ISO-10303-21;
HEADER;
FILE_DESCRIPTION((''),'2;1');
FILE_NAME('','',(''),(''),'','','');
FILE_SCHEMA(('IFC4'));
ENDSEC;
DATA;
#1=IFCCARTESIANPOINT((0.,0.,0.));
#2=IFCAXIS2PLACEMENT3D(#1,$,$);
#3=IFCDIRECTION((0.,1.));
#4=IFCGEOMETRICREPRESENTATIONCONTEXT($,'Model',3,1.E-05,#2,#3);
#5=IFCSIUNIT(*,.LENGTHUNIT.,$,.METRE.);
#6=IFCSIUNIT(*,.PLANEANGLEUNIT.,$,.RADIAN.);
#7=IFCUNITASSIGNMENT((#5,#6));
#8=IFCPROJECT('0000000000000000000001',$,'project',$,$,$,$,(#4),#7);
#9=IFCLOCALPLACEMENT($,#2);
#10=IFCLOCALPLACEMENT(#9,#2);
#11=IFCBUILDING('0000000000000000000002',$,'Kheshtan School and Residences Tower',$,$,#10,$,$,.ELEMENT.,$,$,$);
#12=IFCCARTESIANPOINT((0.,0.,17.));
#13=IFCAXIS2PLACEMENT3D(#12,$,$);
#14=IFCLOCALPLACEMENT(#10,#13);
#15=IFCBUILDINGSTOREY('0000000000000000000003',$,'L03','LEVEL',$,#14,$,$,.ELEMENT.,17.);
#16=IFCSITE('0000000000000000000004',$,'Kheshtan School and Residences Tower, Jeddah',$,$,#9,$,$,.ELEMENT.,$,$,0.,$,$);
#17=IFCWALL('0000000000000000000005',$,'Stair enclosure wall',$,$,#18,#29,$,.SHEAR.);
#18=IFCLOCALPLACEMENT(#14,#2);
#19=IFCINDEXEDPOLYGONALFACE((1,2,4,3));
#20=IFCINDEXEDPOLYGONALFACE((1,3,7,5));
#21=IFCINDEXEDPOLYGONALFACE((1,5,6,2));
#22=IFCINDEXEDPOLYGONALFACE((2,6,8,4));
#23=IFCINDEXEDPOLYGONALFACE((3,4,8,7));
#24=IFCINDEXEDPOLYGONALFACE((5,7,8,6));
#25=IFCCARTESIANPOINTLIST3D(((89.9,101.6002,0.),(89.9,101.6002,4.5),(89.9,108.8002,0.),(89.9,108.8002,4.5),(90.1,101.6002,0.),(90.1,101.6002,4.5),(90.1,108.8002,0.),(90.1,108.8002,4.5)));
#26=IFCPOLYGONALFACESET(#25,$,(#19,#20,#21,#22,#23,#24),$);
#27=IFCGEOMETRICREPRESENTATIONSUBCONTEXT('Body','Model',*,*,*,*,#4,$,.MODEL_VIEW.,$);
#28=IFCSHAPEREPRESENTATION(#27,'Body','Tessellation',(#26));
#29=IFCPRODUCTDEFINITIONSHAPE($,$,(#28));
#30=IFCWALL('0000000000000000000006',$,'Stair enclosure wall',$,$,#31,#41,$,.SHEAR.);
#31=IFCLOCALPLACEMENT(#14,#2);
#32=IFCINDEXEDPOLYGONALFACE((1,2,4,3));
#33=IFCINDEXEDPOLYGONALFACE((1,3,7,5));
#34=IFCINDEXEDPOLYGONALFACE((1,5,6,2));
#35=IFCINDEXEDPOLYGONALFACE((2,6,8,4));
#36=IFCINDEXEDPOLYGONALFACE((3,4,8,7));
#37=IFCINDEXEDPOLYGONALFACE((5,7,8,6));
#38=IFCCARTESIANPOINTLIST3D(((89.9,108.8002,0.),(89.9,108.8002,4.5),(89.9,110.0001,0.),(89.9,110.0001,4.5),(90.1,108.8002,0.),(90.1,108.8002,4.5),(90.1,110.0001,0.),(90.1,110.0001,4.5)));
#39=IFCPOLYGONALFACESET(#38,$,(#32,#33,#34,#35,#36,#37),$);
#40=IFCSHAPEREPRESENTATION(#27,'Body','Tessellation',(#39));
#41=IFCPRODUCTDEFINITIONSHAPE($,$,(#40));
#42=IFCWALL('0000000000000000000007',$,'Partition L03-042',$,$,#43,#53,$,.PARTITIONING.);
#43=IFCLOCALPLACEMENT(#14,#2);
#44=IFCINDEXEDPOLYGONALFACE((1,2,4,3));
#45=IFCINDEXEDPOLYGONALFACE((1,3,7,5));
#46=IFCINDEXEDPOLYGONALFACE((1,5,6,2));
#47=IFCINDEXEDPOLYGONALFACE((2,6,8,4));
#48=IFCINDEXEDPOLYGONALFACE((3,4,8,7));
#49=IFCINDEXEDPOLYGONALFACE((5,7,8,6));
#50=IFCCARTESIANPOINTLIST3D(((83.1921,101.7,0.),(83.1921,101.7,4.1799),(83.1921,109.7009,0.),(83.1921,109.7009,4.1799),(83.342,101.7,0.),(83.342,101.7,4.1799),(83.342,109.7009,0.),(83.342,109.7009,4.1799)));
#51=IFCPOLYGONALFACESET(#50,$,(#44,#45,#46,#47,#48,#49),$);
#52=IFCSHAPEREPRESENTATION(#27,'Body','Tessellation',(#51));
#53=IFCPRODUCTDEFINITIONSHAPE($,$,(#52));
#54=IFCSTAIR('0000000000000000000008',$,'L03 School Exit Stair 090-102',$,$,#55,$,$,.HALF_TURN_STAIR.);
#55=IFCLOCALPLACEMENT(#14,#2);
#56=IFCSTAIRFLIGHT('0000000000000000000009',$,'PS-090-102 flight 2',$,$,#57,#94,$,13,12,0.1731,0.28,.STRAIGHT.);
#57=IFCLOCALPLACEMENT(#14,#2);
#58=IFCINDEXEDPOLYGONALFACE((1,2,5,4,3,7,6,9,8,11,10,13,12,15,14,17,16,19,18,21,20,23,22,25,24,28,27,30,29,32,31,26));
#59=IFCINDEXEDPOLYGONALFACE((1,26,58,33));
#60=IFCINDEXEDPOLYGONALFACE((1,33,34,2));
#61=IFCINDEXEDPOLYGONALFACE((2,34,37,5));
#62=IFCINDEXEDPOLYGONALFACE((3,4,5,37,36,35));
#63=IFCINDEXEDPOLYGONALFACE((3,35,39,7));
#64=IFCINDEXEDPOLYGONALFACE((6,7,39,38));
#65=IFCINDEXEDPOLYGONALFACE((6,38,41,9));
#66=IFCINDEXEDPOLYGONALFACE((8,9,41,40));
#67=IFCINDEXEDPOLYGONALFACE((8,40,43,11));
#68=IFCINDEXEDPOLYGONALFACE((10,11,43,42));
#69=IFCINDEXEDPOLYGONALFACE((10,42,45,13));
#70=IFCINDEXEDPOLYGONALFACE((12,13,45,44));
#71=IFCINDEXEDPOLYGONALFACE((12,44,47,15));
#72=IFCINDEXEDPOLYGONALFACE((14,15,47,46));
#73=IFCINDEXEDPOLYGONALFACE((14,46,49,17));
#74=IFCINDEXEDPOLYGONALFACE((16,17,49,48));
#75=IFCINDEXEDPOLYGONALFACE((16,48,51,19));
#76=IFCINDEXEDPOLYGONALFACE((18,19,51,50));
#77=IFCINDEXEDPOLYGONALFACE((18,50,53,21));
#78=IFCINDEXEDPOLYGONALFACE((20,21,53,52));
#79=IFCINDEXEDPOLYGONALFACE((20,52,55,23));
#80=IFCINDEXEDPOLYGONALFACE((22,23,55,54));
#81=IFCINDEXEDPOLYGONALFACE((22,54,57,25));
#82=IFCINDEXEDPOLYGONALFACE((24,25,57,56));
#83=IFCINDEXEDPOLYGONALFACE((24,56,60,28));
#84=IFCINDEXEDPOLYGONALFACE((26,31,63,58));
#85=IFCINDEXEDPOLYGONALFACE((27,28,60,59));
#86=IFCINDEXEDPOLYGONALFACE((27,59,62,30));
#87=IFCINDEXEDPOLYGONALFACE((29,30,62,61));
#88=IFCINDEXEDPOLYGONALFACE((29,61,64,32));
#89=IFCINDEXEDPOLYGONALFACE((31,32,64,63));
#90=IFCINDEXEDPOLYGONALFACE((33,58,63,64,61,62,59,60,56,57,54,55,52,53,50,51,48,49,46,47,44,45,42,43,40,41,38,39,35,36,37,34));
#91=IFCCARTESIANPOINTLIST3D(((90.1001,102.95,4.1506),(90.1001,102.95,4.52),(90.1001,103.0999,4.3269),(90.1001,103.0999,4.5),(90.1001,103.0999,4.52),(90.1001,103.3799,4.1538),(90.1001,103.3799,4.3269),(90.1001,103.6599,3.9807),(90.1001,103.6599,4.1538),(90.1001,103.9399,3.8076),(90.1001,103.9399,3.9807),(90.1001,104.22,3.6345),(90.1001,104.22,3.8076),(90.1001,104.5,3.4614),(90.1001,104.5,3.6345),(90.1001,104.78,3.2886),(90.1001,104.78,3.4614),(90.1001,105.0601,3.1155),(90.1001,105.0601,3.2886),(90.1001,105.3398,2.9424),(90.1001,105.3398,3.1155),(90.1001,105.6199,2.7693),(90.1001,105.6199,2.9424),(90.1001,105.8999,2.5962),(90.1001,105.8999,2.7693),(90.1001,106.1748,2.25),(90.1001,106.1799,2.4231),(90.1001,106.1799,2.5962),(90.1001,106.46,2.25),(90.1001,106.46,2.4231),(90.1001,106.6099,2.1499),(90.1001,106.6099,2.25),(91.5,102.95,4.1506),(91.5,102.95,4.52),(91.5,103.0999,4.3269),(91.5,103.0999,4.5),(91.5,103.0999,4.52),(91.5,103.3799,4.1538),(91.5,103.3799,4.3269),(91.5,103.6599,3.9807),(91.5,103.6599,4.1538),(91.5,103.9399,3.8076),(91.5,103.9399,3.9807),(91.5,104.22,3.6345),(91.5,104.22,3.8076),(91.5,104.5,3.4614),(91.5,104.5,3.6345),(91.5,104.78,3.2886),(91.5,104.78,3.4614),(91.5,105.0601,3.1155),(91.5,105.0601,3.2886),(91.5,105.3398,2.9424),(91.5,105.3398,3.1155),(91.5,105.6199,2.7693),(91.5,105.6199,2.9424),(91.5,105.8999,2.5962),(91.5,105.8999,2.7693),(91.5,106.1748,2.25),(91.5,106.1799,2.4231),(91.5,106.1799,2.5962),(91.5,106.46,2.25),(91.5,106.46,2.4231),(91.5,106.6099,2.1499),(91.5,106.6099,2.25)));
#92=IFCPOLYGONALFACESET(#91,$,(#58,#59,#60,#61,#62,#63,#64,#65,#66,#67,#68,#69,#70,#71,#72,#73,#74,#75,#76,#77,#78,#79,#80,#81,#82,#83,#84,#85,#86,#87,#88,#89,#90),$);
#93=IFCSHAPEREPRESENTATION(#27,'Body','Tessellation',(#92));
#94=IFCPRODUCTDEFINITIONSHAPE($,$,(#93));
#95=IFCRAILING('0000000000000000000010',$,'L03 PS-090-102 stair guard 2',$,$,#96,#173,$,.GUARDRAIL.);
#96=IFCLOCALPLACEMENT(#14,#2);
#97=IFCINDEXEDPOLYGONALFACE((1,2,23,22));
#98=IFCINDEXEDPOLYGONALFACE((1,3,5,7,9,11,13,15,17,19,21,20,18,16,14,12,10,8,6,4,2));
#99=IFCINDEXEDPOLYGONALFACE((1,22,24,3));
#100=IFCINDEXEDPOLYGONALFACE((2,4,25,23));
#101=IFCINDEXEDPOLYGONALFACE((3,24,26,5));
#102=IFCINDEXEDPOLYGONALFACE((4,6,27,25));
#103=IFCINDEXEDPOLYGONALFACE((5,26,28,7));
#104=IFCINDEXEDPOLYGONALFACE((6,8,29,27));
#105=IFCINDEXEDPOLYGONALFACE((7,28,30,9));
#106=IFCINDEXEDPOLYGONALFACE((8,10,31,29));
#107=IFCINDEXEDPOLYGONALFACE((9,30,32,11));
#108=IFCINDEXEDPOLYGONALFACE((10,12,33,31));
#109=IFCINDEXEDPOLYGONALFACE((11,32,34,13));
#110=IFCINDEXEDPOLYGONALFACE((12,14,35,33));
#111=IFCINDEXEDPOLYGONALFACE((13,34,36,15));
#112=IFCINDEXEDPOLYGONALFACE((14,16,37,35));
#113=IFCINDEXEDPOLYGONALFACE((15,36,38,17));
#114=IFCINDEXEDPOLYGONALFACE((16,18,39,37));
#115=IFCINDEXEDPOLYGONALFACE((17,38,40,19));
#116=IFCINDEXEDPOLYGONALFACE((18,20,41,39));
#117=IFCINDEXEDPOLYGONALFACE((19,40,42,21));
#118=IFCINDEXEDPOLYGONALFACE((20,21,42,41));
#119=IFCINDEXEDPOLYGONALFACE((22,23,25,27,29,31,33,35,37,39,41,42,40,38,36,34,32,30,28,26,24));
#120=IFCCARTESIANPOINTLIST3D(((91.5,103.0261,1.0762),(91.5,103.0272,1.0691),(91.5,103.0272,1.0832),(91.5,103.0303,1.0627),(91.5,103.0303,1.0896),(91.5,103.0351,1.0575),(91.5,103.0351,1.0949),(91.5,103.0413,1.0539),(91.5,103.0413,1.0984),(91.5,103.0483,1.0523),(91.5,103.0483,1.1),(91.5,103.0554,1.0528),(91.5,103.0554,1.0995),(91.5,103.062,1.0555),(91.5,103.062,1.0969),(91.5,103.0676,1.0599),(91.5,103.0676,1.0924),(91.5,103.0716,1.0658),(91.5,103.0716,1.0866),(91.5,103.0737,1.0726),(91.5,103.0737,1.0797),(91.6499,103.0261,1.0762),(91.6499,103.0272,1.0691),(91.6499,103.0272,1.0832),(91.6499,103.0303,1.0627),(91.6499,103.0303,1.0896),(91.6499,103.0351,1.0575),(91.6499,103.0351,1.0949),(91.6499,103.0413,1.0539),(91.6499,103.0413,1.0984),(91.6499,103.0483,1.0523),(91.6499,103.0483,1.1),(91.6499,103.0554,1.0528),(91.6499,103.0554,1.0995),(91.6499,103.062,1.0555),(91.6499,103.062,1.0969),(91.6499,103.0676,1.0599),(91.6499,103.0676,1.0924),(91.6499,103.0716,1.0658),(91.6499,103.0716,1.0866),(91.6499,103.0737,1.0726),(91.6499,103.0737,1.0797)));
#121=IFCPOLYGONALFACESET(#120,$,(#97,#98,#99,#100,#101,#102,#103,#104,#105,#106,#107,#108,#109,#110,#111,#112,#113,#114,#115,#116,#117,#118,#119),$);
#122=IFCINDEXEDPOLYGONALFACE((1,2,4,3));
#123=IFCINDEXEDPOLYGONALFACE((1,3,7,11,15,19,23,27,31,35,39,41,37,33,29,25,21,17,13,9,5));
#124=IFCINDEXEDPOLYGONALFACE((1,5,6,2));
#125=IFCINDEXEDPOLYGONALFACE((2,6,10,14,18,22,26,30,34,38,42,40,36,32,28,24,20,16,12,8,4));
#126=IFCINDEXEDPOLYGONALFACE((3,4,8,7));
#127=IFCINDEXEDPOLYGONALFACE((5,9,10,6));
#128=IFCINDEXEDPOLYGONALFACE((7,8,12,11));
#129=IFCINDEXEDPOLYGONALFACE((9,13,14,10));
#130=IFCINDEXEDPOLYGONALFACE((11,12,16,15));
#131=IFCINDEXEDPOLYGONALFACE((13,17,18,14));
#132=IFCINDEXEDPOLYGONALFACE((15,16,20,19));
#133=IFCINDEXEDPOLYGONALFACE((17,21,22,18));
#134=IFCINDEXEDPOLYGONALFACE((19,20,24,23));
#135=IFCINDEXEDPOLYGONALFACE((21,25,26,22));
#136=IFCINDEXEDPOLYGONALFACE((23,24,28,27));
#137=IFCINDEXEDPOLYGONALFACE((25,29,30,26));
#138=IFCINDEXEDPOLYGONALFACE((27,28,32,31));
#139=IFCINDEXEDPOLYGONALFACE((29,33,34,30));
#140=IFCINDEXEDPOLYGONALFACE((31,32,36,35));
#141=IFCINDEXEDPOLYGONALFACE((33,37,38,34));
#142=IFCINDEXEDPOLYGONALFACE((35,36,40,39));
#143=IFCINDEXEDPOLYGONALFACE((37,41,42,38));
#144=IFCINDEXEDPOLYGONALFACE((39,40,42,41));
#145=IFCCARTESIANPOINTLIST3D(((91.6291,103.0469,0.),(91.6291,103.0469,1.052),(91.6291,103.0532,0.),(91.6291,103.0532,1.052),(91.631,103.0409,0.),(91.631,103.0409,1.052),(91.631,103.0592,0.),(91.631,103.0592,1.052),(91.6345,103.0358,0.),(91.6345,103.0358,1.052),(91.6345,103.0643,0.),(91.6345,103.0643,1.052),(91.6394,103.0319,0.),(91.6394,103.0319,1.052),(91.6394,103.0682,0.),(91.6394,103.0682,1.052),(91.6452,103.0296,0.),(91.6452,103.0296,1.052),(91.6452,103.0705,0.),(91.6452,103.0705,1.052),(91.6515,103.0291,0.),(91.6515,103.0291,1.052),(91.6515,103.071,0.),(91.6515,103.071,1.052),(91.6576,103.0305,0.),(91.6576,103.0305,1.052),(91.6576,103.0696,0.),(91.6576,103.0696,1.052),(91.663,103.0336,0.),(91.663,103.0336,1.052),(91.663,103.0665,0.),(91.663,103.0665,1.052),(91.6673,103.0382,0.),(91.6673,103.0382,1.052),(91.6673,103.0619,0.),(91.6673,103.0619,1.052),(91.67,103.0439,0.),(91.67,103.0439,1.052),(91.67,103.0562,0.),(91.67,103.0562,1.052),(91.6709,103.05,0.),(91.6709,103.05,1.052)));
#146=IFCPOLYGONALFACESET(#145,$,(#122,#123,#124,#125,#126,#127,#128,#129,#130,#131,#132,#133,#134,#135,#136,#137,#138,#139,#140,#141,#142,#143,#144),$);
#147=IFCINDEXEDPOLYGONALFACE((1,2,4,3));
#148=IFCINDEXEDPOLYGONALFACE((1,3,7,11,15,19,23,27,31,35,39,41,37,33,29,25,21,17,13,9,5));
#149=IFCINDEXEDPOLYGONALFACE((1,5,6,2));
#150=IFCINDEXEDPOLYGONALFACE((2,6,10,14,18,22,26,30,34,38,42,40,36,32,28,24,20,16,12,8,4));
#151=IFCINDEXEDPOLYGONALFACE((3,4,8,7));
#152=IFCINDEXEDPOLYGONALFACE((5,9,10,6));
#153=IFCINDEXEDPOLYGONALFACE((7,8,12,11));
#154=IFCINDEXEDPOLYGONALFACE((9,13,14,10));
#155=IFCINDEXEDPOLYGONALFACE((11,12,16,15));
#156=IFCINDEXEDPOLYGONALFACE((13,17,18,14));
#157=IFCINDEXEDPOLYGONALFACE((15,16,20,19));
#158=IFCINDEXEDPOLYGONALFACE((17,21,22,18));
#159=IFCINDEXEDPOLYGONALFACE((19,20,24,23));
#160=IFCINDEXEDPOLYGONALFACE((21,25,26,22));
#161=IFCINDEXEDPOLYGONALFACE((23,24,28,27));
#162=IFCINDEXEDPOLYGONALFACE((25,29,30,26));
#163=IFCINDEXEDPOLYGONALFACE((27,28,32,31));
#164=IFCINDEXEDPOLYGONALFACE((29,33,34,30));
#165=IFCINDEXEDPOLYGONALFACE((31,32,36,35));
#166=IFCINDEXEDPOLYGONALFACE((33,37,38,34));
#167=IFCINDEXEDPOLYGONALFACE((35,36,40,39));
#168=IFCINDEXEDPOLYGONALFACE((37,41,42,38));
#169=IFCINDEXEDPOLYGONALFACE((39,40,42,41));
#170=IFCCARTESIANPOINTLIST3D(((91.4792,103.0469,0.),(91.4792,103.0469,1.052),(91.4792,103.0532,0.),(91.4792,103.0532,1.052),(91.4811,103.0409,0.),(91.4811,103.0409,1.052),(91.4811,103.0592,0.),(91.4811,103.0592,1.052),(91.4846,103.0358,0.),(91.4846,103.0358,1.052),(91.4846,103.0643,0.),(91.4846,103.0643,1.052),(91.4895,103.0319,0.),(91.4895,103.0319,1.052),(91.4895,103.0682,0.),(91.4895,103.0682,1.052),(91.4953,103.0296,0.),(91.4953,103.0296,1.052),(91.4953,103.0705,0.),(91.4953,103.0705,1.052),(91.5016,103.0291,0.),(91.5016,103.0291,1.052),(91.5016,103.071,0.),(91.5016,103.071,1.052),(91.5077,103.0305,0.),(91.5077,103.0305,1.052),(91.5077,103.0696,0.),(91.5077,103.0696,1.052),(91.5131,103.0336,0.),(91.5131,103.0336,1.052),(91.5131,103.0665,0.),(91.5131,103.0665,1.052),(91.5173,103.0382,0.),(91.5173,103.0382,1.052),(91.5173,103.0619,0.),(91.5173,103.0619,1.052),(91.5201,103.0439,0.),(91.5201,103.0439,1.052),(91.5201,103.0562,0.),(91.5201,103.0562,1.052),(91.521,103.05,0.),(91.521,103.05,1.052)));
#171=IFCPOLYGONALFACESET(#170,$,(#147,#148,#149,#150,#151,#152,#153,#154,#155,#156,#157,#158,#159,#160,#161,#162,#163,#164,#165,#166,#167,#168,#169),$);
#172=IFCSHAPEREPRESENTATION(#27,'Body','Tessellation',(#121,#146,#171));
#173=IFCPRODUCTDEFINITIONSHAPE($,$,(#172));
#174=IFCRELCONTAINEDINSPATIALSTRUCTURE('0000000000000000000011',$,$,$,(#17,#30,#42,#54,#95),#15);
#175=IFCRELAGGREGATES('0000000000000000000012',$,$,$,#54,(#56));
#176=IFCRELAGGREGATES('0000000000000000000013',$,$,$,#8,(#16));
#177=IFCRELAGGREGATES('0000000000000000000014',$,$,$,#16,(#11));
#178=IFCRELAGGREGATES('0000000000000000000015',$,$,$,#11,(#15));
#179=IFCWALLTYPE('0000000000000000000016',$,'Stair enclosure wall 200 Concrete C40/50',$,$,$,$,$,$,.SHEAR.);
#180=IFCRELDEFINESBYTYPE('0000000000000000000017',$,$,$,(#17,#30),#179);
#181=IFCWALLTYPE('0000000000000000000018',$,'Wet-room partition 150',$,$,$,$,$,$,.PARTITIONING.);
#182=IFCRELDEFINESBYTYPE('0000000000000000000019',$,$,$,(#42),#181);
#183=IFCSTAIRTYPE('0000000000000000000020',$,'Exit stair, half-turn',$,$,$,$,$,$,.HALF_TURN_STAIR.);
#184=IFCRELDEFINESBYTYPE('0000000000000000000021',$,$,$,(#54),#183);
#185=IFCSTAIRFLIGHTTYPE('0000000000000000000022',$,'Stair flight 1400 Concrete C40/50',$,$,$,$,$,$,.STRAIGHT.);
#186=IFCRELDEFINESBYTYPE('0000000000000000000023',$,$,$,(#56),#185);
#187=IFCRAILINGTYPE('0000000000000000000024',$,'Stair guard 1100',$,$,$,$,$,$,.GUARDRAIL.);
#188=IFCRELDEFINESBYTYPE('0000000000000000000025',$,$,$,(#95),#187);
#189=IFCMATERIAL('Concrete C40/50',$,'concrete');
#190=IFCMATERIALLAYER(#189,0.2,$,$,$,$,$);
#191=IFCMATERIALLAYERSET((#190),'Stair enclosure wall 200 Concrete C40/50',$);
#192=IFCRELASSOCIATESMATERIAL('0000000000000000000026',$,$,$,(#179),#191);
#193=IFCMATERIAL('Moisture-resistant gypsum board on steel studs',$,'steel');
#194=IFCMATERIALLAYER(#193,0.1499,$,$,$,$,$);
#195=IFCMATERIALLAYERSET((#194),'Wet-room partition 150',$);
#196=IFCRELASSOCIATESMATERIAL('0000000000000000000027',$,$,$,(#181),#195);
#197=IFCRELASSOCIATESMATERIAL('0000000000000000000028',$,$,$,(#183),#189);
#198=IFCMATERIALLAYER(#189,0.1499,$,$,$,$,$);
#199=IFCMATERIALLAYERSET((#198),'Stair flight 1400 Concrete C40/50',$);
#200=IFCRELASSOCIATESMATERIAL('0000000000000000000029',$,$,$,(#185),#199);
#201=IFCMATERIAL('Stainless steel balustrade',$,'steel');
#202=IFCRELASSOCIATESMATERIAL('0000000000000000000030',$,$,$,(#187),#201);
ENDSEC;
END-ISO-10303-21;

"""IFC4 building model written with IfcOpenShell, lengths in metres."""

from ifc_helpers import new_model, si_unit, direction, frame, frame_2d, origin, origin_2d, place, context, subcontext, project, spatial, polyline, rectangle, circle, outline, extrude, material, layer, layer_set, type_object, element, aggregate, save


model = new_model("IFC4")

# Units and contexts
model_context = context("Model", 3, precision=1e-05, world=origin(), true_north=direction((0.0, 1.0)))
body_context = subcontext(model_context, "Body", "Model", "MODEL_VIEW")
ifc_project = project(units=[si_unit("LENGTHUNIT", "METRE"), si_unit("PLANEANGLEUNIT", "RADIAN")], contexts=[model_context])

# Site, building, storey
site_placement = place(None, origin())
site = spatial("IfcSite", under=ifc_project, at=site_placement, Name="Kheshtan School and Residences Tower, Jeddah", CompositionType="ELEMENT", RefElevation=0.0)
building_placement = place(site_placement, origin())
building = spatial("IfcBuilding", under=site, at=building_placement, Name="Kheshtan School and Residences Tower", CompositionType="ELEMENT")
storey_placement = place(building_placement, frame((0.0, 0.0, 17.0)))
storey = spatial("IfcBuildingStorey", under=building, at=storey_placement, Name="L03", Description="LEVEL", CompositionType="ELEMENT", Elevation=17.0)

# Shared definitions
ifc_material_1 = material(Name="Concrete C40/50", Category="concrete")
ifc_layer_1 = layer(ifc_material_1, 0.2)
ifc_layer_set_1 = layer_set([ifc_layer_1], Name="Stair enclosure wall 200 Concrete C40/50")
wall_type_1 = type_object("IfcWallType", Name="Stair enclosure wall 200 Concrete C40/50", PredefinedType="SHEAR", material=ifc_layer_set_1)

# Walls
wall_1_placement = place(storey_placement, frame((90.0, 101.6001, 0.0), z_axis=(0.0, 0.0, 1.0), x_axis=(0.0, 1.0, 0.0)))
element("IfcWall", 1, at=wall_1_placement, inside=storey, type_object=wall_type_1, Name="Stair enclosure wall", PredefinedType="SHEAR", context=body_context, shape_type="SweptSolid", body=[
    extrude(rectangle(XDim=7.2, YDim=0.2, at=frame_2d((3.6001, 0.0))), origin(), (0.0, 0.0, 1.0), 4.5),
])
wall_2_placement = place(storey_placement, frame((90.0, 108.8, 0.0), z_axis=(0.0, 0.0, 1.0), x_axis=(0.0, 1.0, 0.0)))
element("IfcWall", 2, at=wall_2_placement, inside=storey, type_object=wall_type_1, Name="Stair enclosure wall", PredefinedType="SHEAR", context=body_context, shape_type="SweptSolid", body=[
    extrude(rectangle(XDim=1.2, YDim=0.2, at=frame_2d((0.6001, 0.0))), origin(), (0.0, 0.0, 1.0), 4.5),
])
ifc_material_2 = material(Name="Moisture-resistant gypsum board on steel studs", Category="steel")
ifc_layer_2 = layer(ifc_material_2, 0.1499)
ifc_layer_set_2 = layer_set([ifc_layer_2], Name="Wet-room partition 150")
wall_type_2 = type_object("IfcWallType", Name="Wet-room partition 150", PredefinedType="PARTITIONING", material=ifc_layer_set_2)
wall_3_placement = place(storey_placement, frame((83.2671, 101.7, 0.0), z_axis=(0.0, 0.0, 1.0), x_axis=(0.0, 1.0, 0.0)))
element("IfcWall", 3, at=wall_3_placement, inside=storey, type_object=wall_type_2, Name="Partition L03-042", PredefinedType="PARTITIONING", context=body_context, shape_type="SweptSolid", body=[
    extrude(rectangle(XDim=8.001, YDim=0.1499, at=frame_2d((4.0005, 0.0))), origin(), (0.0, 0.0, 1.0), 4.1799),
])

# Stair, stair flight
stair_type = type_object("IfcStairType", Name="Exit stair, half-turn", PredefinedType="HALF_TURN_STAIR", material=ifc_material_1)
stair_placement = place(storey_placement, origin())
stair = element("IfcStair", 4, at=stair_placement, inside=storey, type_object=stair_type, Name="L03 School Exit Stair 090-102", PredefinedType="HALF_TURN_STAIR")
ifc_layer_3 = layer(ifc_material_1, 0.1499)
ifc_layer_set_3 = layer_set([ifc_layer_3], Name="Stair flight 1400 Concrete C40/50")
stair_flight_type = type_object("IfcStairFlightType", Name="Stair flight 1400 Concrete C40/50", PredefinedType="STRAIGHT", material=ifc_layer_set_3)
stair_flight_placement = place(storey_placement, frame((90.8, 106.46, 2.25), z_axis=(0.0, 0.0, 1.0), x_axis=(0.0, -1.0, 0.0)))
stair_flight = element("IfcStairFlight", 5, at=stair_flight_placement, type_object=stair_flight_type, Name="PS-090-102 flight 2", NumberOfRisers=13, NumberOfTreads=12, PredefinedType="STRAIGHT", RiserHeight=0.1731, TreadLength=0.28, context=body_context, shape_type="SweptSolid", body=[
    extrude(outline(polyline([(-0.1499, -0.1001), (-0.1499, 0.0), (0.0, 0.0), (0.0, 0.1731), (0.28, 0.1731), (0.28, 0.3462), (0.5601, 0.3462), (0.5601, 0.5193), (0.8401, 0.5193), (0.8401, 0.6924), (1.1201, 0.6924), (1.1201, 0.8655), (1.3999, 0.8655), (1.3999, 1.0386), (1.6799, 1.0386), (1.6799, 1.2114), (1.96, 1.2114), (1.96, 1.3845), (2.24, 1.3845), (2.24, 1.5576), (2.52, 1.5576), (2.52, 1.7307), (2.8, 1.7307), (2.8, 1.9038), (3.0801, 1.9038), (3.0801, 2.0769), (3.3601, 2.0769), (3.3601, 2.25), (3.3601, 2.27), (3.51, 2.27), (3.51, 1.9006), (0.2852, 0.0), (-0.1499, -0.1001)])), frame((0.0, 0.7, 0.0), z_axis=(0.0, -1.0, 0.0), x_axis=(1.0, 0.0, 0.0)), (0.0, 0.0, 1.0), 1.3999),
])
aggregate(stair, [stair_flight])

# Railing
ifc_material_3 = material(Name="Stainless steel balustrade", Category="steel")
railing_type_1 = type_object("IfcRailingType", Name="Stair guard 1100", PredefinedType="GUARDRAIL", material=ifc_material_3)
railing_1_placement = place(storey_placement, frame((91.6499, 103.05, 0.0)))
element("IfcRailing", 6, at=railing_1_placement, inside=storey, type_object=railing_type_1, Name="L03 PS-090-102 stair guard 2", PredefinedType="GUARDRAIL", context=body_context, shape_type="SweptSolid", body=[
    extrude(circle(Radius=0.0239, at=origin_2d()), frame((0.0, 0.0, 1.0762), z_axis=(-1.0, 0.0, 0.0), x_axis=(0.0, -1.0, 0.0)), (0.0, 0.0, 1.0), 0.1499),
    extrude(circle(Radius=0.021, at=origin_2d()), origin(), (0.0, 0.0, 1.0), 1.052),
    extrude(circle(Radius=0.021, at=origin_2d()), frame((-0.1499, 0.0, 0.0)), (0.0, 0.0, 1.0), 1.052),
])

save(model, "model.ifc")
